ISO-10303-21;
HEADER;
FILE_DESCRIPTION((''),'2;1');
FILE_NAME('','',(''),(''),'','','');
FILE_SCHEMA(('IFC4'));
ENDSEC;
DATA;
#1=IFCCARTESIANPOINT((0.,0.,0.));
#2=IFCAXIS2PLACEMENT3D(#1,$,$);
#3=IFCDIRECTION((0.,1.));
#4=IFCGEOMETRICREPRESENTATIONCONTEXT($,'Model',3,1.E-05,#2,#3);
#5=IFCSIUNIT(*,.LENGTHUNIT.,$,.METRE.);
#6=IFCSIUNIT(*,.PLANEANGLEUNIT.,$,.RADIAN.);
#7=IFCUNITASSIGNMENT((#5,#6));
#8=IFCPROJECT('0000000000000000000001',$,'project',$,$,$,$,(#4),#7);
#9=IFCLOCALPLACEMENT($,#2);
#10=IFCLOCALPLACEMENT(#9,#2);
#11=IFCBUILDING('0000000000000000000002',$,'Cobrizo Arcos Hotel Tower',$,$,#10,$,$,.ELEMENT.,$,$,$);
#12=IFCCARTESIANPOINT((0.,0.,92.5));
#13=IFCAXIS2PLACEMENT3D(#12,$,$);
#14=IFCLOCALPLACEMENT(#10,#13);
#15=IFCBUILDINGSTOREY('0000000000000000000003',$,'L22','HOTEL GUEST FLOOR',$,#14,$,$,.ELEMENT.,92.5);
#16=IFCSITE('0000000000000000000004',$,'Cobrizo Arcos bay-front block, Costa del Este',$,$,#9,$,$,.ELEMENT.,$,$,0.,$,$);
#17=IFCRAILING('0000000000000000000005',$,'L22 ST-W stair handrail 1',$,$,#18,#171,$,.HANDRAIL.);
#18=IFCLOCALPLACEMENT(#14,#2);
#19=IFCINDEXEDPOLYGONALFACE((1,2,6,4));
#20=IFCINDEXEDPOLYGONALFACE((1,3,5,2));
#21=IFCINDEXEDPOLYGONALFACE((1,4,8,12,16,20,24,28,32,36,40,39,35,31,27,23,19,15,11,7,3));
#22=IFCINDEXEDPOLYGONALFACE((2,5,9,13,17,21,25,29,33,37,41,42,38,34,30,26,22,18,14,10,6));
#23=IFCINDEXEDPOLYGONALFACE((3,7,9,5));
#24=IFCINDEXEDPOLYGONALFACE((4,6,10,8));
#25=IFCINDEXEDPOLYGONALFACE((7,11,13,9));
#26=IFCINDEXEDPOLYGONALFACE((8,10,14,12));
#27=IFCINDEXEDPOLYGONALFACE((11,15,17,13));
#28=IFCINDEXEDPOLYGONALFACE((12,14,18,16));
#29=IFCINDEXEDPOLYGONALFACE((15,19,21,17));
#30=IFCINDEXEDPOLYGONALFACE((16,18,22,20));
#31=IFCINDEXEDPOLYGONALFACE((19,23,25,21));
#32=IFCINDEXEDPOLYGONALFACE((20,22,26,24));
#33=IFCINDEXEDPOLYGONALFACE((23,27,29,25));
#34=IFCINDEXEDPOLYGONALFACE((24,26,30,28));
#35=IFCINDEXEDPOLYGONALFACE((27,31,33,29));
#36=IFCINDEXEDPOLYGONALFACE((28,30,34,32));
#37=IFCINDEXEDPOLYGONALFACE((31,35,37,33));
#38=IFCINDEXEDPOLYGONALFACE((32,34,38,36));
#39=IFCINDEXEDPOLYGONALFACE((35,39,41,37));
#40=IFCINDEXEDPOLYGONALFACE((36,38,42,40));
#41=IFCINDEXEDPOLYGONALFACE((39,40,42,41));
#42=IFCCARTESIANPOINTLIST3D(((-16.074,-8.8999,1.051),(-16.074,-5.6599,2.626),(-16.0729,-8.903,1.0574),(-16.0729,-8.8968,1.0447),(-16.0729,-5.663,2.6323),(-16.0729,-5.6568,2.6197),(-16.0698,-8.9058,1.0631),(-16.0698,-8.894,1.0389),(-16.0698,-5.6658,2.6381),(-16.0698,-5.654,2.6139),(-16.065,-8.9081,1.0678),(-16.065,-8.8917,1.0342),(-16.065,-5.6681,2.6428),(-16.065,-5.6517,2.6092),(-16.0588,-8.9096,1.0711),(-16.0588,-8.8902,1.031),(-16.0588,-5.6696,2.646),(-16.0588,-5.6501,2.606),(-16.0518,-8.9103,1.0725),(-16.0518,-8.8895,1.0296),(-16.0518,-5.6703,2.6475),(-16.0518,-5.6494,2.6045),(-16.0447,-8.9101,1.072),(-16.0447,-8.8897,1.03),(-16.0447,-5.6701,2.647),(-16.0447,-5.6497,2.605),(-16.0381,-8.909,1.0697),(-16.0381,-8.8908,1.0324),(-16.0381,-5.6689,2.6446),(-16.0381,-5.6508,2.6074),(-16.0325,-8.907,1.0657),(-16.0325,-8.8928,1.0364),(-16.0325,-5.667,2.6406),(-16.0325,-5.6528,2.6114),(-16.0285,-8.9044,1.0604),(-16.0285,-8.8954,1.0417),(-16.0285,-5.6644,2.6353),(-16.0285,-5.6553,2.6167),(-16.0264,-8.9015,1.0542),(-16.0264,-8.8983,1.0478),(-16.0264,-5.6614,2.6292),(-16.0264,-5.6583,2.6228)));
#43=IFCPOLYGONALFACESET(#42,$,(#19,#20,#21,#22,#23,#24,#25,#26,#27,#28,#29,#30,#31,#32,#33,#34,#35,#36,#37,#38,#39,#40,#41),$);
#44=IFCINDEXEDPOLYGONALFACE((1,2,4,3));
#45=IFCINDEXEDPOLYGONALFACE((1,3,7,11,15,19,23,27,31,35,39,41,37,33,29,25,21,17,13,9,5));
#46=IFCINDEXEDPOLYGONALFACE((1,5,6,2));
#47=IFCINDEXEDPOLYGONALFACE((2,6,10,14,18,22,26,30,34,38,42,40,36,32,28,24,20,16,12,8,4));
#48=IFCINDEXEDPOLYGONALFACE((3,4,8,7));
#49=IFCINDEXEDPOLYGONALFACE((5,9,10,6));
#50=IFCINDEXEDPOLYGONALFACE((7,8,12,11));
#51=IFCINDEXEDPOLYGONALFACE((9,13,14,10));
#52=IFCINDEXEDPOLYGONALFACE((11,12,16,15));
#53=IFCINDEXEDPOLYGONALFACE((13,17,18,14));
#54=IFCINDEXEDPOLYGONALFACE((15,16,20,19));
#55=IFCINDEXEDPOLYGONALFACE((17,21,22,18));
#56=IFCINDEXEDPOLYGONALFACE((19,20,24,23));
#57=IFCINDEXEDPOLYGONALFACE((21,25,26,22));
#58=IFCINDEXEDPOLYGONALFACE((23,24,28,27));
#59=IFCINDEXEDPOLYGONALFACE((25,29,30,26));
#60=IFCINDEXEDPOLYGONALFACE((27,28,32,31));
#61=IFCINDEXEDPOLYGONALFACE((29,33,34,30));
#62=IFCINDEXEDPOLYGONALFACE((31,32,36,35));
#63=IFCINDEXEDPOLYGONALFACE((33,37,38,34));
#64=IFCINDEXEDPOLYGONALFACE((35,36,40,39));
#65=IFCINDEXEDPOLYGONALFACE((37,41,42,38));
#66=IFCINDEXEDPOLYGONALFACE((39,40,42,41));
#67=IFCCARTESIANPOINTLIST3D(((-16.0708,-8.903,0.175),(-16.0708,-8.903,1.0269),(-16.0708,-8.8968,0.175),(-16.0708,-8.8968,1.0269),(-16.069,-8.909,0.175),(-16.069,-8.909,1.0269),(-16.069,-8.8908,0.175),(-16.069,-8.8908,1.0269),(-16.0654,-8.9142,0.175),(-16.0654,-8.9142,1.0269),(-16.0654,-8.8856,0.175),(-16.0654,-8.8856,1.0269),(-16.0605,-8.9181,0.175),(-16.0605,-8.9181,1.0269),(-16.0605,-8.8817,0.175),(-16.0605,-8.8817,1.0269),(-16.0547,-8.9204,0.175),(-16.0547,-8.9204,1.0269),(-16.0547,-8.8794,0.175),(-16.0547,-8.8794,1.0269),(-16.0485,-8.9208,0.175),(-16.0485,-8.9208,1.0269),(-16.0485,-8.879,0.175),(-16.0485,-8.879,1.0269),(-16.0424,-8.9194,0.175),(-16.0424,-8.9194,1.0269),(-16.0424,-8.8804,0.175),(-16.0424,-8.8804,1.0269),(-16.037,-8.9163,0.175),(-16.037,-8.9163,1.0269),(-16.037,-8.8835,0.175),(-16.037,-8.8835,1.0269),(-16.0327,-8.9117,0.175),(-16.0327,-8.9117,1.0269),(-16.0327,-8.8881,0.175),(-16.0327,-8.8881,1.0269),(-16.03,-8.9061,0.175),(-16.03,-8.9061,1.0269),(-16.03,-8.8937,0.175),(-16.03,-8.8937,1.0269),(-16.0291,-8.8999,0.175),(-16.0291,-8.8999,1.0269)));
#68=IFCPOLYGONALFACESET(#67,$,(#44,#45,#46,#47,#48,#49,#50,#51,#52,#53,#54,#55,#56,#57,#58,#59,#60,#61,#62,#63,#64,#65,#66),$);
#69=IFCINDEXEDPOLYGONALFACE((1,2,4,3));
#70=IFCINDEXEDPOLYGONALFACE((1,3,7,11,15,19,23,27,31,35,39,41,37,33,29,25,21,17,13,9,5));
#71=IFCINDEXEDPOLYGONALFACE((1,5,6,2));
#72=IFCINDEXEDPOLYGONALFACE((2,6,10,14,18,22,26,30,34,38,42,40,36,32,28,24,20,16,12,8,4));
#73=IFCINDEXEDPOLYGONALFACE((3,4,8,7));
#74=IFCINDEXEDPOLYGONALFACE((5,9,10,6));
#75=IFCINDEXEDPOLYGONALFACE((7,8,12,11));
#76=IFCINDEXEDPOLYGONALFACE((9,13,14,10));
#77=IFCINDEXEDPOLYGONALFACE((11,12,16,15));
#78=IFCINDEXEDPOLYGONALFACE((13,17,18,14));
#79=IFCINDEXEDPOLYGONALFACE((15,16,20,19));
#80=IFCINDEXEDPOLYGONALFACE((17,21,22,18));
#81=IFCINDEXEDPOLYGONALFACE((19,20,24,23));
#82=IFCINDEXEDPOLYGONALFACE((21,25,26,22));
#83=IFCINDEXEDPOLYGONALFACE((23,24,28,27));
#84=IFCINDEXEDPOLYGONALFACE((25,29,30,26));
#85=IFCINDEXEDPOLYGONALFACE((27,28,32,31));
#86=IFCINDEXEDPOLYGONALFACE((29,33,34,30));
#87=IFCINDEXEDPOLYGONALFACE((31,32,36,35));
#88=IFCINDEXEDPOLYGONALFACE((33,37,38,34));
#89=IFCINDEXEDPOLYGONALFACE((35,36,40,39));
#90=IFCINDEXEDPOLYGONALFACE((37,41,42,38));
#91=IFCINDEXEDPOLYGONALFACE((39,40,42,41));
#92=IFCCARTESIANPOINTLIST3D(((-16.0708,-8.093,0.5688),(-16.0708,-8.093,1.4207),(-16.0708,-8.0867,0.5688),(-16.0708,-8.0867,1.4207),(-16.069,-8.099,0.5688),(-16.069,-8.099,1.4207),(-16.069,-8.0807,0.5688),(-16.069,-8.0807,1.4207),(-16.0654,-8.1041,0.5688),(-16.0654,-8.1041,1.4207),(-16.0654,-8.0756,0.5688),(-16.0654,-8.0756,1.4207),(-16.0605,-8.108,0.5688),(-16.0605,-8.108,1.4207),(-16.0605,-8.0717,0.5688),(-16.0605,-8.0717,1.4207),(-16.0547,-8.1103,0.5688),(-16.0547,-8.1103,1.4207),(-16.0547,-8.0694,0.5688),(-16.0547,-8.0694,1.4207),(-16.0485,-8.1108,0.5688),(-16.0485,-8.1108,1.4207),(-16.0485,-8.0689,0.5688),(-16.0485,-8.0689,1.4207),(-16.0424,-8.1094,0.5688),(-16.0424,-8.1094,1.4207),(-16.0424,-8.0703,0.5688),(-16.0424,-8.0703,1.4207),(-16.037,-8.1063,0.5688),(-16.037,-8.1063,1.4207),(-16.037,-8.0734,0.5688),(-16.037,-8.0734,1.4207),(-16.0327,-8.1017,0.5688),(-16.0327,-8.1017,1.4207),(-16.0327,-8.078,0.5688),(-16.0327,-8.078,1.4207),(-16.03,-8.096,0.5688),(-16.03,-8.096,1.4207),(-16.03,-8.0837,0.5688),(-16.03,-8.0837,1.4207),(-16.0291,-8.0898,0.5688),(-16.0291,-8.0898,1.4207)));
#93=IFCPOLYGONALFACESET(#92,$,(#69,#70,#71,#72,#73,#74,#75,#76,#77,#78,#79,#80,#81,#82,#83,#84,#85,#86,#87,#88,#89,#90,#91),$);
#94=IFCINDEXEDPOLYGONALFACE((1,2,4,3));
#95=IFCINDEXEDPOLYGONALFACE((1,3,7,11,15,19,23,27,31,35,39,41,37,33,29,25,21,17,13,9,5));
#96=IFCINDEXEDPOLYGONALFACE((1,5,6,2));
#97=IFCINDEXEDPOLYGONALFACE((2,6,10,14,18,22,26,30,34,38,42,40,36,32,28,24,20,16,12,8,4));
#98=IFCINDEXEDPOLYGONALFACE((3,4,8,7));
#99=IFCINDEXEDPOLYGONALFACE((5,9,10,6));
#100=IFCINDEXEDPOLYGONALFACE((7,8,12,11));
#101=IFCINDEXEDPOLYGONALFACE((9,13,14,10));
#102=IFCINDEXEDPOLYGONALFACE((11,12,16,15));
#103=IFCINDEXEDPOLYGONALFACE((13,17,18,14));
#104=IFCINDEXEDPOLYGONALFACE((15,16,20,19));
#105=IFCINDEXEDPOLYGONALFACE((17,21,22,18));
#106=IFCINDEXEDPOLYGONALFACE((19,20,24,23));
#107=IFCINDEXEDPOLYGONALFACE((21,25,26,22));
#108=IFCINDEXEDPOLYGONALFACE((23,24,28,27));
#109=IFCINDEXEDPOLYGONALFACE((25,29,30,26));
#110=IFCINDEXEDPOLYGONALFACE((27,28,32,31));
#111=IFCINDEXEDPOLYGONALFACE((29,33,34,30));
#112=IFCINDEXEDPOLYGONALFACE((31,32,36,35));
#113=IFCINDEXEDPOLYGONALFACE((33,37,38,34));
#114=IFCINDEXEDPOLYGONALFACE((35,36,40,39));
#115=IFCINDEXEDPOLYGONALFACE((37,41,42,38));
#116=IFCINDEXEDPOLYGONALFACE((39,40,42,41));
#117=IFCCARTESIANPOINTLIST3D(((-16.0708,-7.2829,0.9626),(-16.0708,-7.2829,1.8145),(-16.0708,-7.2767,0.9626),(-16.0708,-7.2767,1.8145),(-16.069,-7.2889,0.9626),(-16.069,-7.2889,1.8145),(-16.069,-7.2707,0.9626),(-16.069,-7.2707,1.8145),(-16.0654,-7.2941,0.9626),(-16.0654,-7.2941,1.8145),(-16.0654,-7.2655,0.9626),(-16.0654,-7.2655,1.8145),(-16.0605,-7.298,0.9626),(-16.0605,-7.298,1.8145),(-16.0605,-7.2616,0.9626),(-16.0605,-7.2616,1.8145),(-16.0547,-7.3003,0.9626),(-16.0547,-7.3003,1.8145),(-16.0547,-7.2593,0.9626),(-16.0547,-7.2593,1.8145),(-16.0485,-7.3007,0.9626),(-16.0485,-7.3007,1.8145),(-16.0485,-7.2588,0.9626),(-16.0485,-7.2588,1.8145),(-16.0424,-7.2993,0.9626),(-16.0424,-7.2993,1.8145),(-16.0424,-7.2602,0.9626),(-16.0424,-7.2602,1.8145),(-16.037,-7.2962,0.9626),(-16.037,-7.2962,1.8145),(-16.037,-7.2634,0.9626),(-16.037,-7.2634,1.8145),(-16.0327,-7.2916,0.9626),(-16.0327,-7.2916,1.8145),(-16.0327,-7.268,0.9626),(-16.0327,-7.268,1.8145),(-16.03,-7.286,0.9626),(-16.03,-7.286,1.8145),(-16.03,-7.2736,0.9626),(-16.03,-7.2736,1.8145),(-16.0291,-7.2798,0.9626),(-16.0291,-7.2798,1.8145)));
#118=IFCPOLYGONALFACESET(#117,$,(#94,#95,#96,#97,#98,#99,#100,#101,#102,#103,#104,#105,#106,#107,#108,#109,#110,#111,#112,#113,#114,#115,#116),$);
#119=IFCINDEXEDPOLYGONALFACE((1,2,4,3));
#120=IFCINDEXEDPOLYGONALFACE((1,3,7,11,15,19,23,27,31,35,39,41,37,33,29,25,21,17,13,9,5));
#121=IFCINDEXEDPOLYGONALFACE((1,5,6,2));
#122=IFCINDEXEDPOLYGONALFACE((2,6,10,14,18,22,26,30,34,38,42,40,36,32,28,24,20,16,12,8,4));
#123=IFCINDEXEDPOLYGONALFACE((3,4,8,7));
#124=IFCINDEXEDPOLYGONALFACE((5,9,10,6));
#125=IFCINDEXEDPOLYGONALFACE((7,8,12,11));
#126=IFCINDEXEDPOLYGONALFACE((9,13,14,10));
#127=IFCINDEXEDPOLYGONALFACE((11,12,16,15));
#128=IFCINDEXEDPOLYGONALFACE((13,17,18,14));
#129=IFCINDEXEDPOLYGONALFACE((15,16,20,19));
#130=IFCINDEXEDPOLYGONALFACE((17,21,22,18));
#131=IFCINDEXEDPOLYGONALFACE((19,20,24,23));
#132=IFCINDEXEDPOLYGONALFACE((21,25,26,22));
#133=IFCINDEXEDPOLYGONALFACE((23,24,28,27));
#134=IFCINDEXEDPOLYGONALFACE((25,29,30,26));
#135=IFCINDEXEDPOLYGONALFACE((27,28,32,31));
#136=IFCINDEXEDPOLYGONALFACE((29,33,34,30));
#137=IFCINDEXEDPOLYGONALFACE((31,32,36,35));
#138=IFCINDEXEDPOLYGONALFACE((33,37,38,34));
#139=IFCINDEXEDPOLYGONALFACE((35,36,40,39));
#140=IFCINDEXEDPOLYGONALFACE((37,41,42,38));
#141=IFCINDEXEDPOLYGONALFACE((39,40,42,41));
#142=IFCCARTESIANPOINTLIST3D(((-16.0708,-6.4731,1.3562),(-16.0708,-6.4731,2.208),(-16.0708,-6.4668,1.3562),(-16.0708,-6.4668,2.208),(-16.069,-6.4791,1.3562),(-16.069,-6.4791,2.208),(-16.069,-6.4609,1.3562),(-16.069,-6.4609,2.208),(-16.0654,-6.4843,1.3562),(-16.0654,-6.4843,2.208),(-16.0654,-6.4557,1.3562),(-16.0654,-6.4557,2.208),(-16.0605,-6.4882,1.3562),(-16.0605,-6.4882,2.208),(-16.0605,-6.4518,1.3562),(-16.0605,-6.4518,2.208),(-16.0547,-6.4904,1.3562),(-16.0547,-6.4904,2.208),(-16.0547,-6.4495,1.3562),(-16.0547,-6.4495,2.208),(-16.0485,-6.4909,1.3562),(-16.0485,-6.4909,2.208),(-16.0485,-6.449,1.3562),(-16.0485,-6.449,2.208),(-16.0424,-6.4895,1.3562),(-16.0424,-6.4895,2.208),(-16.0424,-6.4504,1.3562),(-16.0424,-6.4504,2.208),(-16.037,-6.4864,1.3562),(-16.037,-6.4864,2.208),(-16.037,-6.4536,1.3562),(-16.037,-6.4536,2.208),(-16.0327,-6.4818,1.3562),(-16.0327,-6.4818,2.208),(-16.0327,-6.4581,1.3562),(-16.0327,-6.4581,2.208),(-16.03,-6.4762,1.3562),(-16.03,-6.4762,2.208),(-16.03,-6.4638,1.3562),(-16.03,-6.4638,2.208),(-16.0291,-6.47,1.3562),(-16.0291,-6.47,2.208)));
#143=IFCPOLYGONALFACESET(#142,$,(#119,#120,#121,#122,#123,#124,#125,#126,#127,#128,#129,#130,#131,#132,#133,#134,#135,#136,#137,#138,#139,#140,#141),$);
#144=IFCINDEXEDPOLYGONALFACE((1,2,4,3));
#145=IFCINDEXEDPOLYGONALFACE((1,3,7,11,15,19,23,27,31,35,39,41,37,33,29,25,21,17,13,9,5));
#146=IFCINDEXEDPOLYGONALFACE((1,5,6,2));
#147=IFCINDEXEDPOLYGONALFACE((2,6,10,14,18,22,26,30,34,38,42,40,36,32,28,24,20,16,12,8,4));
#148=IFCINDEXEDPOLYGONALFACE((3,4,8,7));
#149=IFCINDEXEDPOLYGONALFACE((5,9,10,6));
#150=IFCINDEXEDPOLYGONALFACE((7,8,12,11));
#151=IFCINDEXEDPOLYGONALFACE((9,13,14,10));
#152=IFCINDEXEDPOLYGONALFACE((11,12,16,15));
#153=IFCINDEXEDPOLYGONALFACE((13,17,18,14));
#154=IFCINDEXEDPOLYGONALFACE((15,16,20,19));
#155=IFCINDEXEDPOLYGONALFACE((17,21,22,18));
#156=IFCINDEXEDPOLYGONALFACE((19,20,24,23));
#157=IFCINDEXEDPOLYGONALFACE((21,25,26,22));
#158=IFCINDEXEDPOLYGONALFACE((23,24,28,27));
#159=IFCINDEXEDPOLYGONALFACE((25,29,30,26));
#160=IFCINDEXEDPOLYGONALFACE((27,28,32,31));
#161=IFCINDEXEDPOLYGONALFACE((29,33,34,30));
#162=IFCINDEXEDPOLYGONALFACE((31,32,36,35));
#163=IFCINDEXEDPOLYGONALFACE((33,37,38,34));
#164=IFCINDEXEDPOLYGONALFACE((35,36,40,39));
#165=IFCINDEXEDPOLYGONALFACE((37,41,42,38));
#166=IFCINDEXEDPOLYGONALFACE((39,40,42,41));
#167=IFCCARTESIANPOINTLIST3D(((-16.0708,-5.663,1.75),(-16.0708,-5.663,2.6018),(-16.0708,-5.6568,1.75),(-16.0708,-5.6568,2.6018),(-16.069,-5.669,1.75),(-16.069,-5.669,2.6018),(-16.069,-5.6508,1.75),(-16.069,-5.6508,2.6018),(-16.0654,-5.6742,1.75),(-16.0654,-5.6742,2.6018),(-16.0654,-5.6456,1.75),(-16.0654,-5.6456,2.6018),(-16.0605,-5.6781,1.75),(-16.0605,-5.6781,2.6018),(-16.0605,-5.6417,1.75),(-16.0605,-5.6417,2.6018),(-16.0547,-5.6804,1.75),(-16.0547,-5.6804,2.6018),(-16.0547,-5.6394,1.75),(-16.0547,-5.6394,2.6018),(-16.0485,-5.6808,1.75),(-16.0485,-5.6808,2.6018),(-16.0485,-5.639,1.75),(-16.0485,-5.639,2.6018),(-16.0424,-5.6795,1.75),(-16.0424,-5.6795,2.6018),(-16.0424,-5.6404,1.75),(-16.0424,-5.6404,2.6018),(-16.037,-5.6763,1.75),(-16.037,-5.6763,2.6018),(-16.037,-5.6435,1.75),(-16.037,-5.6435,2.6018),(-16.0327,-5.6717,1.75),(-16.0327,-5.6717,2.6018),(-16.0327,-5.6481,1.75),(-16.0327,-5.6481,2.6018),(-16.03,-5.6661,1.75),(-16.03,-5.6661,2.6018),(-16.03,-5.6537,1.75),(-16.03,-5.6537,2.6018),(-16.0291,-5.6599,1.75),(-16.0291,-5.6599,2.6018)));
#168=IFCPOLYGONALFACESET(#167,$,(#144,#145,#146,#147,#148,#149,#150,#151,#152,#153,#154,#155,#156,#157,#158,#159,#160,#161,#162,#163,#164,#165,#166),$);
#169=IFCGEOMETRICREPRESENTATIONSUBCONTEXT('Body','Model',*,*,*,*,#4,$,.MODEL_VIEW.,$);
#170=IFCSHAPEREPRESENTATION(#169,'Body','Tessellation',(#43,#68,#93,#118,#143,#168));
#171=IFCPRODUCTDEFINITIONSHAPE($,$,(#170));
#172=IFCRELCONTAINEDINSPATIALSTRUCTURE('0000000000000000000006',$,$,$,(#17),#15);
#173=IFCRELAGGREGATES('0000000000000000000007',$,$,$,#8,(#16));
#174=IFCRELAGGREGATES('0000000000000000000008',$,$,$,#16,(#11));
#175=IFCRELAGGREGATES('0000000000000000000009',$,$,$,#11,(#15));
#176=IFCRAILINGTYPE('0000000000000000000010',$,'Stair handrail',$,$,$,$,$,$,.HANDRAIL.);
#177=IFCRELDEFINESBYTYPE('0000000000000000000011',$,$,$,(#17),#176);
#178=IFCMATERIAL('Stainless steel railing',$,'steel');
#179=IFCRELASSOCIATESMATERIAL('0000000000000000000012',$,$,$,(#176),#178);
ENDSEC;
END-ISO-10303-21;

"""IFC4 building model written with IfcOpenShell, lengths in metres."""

from ifc_helpers import new_model, si_unit, direction, frame, origin, origin_2d, place, context, subcontext, project, spatial, circle, extrude, material, type_object, element, save


model = new_model("IFC4")

# Units and contexts
model_context = context("Model", 3, precision=1e-05, world=origin(), true_north=direction((0.0, 1.0)))
body_context = subcontext(model_context, "Body", "Model", "MODEL_VIEW")
ifc_project = project(units=[si_unit("LENGTHUNIT", "METRE"), si_unit("PLANEANGLEUNIT", "RADIAN")], contexts=[model_context])

# Site, building, storey
site_placement = place(None, origin())
site = spatial("IfcSite", under=ifc_project, at=site_placement, Name="Cobrizo Arcos bay-front block, Costa del Este", CompositionType="ELEMENT", RefElevation=0.0)
building_placement = place(site_placement, origin())
building = spatial("IfcBuilding", under=site, at=building_placement, Name="Cobrizo Arcos Hotel Tower", CompositionType="ELEMENT")
storey_placement = place(building_placement, frame((0.0, 0.0, 92.5)))
storey = spatial("IfcBuildingStorey", under=building, at=storey_placement, Name="L22", Description="HOTEL GUEST FLOOR", CompositionType="ELEMENT", Elevation=92.5)

# Railing
ifc_material_1 = material(Name="Stainless steel railing", Category="steel")
railing_type_1 = type_object("IfcRailingType", Name="Stair handrail", PredefinedType="HANDRAIL", material=ifc_material_1)
railing_1_placement = place(storey_placement, frame((-16.05, -8.8999, 0.175)))
element("IfcRailing", 1, at=railing_1_placement, inside=storey, type_object=railing_type_1, Name="L22 ST-W stair handrail 1", PredefinedType="HANDRAIL", context=body_context, shape_type="SweptSolid", body=[
    extrude(circle(Radius=0.0239, at=origin_2d()), frame((0.0, 0.0, 0.876), z_axis=(0.0, 0.899373, 0.437183), x_axis=(-1.0, 0.0, 0.0)), (0.0, 0.0, 1.0), 3.6025),
    extrude(circle(Radius=0.021, at=origin_2d()), origin(), (0.0, 0.0, 1.0), 0.8518),
    extrude(circle(Radius=0.021, at=origin_2d()), frame((0.0, 0.8101, 0.3938)), (0.0, 0.0, 1.0), 0.8518),
    extrude(circle(Radius=0.021, at=origin_2d()), frame((0.0, 1.6201, 0.7876)), (0.0, 0.0, 1.0), 0.8518),
    extrude(circle(Radius=0.021, at=origin_2d()), frame((0.0, 2.4299, 1.1812)), (0.0, 0.0, 1.0), 0.8518),
    extrude(circle(Radius=0.021, at=origin_2d()), frame((0.0, 3.24, 1.575)), (0.0, 0.0, 1.0), 0.8518),
])

save(model, "model.ifc")
